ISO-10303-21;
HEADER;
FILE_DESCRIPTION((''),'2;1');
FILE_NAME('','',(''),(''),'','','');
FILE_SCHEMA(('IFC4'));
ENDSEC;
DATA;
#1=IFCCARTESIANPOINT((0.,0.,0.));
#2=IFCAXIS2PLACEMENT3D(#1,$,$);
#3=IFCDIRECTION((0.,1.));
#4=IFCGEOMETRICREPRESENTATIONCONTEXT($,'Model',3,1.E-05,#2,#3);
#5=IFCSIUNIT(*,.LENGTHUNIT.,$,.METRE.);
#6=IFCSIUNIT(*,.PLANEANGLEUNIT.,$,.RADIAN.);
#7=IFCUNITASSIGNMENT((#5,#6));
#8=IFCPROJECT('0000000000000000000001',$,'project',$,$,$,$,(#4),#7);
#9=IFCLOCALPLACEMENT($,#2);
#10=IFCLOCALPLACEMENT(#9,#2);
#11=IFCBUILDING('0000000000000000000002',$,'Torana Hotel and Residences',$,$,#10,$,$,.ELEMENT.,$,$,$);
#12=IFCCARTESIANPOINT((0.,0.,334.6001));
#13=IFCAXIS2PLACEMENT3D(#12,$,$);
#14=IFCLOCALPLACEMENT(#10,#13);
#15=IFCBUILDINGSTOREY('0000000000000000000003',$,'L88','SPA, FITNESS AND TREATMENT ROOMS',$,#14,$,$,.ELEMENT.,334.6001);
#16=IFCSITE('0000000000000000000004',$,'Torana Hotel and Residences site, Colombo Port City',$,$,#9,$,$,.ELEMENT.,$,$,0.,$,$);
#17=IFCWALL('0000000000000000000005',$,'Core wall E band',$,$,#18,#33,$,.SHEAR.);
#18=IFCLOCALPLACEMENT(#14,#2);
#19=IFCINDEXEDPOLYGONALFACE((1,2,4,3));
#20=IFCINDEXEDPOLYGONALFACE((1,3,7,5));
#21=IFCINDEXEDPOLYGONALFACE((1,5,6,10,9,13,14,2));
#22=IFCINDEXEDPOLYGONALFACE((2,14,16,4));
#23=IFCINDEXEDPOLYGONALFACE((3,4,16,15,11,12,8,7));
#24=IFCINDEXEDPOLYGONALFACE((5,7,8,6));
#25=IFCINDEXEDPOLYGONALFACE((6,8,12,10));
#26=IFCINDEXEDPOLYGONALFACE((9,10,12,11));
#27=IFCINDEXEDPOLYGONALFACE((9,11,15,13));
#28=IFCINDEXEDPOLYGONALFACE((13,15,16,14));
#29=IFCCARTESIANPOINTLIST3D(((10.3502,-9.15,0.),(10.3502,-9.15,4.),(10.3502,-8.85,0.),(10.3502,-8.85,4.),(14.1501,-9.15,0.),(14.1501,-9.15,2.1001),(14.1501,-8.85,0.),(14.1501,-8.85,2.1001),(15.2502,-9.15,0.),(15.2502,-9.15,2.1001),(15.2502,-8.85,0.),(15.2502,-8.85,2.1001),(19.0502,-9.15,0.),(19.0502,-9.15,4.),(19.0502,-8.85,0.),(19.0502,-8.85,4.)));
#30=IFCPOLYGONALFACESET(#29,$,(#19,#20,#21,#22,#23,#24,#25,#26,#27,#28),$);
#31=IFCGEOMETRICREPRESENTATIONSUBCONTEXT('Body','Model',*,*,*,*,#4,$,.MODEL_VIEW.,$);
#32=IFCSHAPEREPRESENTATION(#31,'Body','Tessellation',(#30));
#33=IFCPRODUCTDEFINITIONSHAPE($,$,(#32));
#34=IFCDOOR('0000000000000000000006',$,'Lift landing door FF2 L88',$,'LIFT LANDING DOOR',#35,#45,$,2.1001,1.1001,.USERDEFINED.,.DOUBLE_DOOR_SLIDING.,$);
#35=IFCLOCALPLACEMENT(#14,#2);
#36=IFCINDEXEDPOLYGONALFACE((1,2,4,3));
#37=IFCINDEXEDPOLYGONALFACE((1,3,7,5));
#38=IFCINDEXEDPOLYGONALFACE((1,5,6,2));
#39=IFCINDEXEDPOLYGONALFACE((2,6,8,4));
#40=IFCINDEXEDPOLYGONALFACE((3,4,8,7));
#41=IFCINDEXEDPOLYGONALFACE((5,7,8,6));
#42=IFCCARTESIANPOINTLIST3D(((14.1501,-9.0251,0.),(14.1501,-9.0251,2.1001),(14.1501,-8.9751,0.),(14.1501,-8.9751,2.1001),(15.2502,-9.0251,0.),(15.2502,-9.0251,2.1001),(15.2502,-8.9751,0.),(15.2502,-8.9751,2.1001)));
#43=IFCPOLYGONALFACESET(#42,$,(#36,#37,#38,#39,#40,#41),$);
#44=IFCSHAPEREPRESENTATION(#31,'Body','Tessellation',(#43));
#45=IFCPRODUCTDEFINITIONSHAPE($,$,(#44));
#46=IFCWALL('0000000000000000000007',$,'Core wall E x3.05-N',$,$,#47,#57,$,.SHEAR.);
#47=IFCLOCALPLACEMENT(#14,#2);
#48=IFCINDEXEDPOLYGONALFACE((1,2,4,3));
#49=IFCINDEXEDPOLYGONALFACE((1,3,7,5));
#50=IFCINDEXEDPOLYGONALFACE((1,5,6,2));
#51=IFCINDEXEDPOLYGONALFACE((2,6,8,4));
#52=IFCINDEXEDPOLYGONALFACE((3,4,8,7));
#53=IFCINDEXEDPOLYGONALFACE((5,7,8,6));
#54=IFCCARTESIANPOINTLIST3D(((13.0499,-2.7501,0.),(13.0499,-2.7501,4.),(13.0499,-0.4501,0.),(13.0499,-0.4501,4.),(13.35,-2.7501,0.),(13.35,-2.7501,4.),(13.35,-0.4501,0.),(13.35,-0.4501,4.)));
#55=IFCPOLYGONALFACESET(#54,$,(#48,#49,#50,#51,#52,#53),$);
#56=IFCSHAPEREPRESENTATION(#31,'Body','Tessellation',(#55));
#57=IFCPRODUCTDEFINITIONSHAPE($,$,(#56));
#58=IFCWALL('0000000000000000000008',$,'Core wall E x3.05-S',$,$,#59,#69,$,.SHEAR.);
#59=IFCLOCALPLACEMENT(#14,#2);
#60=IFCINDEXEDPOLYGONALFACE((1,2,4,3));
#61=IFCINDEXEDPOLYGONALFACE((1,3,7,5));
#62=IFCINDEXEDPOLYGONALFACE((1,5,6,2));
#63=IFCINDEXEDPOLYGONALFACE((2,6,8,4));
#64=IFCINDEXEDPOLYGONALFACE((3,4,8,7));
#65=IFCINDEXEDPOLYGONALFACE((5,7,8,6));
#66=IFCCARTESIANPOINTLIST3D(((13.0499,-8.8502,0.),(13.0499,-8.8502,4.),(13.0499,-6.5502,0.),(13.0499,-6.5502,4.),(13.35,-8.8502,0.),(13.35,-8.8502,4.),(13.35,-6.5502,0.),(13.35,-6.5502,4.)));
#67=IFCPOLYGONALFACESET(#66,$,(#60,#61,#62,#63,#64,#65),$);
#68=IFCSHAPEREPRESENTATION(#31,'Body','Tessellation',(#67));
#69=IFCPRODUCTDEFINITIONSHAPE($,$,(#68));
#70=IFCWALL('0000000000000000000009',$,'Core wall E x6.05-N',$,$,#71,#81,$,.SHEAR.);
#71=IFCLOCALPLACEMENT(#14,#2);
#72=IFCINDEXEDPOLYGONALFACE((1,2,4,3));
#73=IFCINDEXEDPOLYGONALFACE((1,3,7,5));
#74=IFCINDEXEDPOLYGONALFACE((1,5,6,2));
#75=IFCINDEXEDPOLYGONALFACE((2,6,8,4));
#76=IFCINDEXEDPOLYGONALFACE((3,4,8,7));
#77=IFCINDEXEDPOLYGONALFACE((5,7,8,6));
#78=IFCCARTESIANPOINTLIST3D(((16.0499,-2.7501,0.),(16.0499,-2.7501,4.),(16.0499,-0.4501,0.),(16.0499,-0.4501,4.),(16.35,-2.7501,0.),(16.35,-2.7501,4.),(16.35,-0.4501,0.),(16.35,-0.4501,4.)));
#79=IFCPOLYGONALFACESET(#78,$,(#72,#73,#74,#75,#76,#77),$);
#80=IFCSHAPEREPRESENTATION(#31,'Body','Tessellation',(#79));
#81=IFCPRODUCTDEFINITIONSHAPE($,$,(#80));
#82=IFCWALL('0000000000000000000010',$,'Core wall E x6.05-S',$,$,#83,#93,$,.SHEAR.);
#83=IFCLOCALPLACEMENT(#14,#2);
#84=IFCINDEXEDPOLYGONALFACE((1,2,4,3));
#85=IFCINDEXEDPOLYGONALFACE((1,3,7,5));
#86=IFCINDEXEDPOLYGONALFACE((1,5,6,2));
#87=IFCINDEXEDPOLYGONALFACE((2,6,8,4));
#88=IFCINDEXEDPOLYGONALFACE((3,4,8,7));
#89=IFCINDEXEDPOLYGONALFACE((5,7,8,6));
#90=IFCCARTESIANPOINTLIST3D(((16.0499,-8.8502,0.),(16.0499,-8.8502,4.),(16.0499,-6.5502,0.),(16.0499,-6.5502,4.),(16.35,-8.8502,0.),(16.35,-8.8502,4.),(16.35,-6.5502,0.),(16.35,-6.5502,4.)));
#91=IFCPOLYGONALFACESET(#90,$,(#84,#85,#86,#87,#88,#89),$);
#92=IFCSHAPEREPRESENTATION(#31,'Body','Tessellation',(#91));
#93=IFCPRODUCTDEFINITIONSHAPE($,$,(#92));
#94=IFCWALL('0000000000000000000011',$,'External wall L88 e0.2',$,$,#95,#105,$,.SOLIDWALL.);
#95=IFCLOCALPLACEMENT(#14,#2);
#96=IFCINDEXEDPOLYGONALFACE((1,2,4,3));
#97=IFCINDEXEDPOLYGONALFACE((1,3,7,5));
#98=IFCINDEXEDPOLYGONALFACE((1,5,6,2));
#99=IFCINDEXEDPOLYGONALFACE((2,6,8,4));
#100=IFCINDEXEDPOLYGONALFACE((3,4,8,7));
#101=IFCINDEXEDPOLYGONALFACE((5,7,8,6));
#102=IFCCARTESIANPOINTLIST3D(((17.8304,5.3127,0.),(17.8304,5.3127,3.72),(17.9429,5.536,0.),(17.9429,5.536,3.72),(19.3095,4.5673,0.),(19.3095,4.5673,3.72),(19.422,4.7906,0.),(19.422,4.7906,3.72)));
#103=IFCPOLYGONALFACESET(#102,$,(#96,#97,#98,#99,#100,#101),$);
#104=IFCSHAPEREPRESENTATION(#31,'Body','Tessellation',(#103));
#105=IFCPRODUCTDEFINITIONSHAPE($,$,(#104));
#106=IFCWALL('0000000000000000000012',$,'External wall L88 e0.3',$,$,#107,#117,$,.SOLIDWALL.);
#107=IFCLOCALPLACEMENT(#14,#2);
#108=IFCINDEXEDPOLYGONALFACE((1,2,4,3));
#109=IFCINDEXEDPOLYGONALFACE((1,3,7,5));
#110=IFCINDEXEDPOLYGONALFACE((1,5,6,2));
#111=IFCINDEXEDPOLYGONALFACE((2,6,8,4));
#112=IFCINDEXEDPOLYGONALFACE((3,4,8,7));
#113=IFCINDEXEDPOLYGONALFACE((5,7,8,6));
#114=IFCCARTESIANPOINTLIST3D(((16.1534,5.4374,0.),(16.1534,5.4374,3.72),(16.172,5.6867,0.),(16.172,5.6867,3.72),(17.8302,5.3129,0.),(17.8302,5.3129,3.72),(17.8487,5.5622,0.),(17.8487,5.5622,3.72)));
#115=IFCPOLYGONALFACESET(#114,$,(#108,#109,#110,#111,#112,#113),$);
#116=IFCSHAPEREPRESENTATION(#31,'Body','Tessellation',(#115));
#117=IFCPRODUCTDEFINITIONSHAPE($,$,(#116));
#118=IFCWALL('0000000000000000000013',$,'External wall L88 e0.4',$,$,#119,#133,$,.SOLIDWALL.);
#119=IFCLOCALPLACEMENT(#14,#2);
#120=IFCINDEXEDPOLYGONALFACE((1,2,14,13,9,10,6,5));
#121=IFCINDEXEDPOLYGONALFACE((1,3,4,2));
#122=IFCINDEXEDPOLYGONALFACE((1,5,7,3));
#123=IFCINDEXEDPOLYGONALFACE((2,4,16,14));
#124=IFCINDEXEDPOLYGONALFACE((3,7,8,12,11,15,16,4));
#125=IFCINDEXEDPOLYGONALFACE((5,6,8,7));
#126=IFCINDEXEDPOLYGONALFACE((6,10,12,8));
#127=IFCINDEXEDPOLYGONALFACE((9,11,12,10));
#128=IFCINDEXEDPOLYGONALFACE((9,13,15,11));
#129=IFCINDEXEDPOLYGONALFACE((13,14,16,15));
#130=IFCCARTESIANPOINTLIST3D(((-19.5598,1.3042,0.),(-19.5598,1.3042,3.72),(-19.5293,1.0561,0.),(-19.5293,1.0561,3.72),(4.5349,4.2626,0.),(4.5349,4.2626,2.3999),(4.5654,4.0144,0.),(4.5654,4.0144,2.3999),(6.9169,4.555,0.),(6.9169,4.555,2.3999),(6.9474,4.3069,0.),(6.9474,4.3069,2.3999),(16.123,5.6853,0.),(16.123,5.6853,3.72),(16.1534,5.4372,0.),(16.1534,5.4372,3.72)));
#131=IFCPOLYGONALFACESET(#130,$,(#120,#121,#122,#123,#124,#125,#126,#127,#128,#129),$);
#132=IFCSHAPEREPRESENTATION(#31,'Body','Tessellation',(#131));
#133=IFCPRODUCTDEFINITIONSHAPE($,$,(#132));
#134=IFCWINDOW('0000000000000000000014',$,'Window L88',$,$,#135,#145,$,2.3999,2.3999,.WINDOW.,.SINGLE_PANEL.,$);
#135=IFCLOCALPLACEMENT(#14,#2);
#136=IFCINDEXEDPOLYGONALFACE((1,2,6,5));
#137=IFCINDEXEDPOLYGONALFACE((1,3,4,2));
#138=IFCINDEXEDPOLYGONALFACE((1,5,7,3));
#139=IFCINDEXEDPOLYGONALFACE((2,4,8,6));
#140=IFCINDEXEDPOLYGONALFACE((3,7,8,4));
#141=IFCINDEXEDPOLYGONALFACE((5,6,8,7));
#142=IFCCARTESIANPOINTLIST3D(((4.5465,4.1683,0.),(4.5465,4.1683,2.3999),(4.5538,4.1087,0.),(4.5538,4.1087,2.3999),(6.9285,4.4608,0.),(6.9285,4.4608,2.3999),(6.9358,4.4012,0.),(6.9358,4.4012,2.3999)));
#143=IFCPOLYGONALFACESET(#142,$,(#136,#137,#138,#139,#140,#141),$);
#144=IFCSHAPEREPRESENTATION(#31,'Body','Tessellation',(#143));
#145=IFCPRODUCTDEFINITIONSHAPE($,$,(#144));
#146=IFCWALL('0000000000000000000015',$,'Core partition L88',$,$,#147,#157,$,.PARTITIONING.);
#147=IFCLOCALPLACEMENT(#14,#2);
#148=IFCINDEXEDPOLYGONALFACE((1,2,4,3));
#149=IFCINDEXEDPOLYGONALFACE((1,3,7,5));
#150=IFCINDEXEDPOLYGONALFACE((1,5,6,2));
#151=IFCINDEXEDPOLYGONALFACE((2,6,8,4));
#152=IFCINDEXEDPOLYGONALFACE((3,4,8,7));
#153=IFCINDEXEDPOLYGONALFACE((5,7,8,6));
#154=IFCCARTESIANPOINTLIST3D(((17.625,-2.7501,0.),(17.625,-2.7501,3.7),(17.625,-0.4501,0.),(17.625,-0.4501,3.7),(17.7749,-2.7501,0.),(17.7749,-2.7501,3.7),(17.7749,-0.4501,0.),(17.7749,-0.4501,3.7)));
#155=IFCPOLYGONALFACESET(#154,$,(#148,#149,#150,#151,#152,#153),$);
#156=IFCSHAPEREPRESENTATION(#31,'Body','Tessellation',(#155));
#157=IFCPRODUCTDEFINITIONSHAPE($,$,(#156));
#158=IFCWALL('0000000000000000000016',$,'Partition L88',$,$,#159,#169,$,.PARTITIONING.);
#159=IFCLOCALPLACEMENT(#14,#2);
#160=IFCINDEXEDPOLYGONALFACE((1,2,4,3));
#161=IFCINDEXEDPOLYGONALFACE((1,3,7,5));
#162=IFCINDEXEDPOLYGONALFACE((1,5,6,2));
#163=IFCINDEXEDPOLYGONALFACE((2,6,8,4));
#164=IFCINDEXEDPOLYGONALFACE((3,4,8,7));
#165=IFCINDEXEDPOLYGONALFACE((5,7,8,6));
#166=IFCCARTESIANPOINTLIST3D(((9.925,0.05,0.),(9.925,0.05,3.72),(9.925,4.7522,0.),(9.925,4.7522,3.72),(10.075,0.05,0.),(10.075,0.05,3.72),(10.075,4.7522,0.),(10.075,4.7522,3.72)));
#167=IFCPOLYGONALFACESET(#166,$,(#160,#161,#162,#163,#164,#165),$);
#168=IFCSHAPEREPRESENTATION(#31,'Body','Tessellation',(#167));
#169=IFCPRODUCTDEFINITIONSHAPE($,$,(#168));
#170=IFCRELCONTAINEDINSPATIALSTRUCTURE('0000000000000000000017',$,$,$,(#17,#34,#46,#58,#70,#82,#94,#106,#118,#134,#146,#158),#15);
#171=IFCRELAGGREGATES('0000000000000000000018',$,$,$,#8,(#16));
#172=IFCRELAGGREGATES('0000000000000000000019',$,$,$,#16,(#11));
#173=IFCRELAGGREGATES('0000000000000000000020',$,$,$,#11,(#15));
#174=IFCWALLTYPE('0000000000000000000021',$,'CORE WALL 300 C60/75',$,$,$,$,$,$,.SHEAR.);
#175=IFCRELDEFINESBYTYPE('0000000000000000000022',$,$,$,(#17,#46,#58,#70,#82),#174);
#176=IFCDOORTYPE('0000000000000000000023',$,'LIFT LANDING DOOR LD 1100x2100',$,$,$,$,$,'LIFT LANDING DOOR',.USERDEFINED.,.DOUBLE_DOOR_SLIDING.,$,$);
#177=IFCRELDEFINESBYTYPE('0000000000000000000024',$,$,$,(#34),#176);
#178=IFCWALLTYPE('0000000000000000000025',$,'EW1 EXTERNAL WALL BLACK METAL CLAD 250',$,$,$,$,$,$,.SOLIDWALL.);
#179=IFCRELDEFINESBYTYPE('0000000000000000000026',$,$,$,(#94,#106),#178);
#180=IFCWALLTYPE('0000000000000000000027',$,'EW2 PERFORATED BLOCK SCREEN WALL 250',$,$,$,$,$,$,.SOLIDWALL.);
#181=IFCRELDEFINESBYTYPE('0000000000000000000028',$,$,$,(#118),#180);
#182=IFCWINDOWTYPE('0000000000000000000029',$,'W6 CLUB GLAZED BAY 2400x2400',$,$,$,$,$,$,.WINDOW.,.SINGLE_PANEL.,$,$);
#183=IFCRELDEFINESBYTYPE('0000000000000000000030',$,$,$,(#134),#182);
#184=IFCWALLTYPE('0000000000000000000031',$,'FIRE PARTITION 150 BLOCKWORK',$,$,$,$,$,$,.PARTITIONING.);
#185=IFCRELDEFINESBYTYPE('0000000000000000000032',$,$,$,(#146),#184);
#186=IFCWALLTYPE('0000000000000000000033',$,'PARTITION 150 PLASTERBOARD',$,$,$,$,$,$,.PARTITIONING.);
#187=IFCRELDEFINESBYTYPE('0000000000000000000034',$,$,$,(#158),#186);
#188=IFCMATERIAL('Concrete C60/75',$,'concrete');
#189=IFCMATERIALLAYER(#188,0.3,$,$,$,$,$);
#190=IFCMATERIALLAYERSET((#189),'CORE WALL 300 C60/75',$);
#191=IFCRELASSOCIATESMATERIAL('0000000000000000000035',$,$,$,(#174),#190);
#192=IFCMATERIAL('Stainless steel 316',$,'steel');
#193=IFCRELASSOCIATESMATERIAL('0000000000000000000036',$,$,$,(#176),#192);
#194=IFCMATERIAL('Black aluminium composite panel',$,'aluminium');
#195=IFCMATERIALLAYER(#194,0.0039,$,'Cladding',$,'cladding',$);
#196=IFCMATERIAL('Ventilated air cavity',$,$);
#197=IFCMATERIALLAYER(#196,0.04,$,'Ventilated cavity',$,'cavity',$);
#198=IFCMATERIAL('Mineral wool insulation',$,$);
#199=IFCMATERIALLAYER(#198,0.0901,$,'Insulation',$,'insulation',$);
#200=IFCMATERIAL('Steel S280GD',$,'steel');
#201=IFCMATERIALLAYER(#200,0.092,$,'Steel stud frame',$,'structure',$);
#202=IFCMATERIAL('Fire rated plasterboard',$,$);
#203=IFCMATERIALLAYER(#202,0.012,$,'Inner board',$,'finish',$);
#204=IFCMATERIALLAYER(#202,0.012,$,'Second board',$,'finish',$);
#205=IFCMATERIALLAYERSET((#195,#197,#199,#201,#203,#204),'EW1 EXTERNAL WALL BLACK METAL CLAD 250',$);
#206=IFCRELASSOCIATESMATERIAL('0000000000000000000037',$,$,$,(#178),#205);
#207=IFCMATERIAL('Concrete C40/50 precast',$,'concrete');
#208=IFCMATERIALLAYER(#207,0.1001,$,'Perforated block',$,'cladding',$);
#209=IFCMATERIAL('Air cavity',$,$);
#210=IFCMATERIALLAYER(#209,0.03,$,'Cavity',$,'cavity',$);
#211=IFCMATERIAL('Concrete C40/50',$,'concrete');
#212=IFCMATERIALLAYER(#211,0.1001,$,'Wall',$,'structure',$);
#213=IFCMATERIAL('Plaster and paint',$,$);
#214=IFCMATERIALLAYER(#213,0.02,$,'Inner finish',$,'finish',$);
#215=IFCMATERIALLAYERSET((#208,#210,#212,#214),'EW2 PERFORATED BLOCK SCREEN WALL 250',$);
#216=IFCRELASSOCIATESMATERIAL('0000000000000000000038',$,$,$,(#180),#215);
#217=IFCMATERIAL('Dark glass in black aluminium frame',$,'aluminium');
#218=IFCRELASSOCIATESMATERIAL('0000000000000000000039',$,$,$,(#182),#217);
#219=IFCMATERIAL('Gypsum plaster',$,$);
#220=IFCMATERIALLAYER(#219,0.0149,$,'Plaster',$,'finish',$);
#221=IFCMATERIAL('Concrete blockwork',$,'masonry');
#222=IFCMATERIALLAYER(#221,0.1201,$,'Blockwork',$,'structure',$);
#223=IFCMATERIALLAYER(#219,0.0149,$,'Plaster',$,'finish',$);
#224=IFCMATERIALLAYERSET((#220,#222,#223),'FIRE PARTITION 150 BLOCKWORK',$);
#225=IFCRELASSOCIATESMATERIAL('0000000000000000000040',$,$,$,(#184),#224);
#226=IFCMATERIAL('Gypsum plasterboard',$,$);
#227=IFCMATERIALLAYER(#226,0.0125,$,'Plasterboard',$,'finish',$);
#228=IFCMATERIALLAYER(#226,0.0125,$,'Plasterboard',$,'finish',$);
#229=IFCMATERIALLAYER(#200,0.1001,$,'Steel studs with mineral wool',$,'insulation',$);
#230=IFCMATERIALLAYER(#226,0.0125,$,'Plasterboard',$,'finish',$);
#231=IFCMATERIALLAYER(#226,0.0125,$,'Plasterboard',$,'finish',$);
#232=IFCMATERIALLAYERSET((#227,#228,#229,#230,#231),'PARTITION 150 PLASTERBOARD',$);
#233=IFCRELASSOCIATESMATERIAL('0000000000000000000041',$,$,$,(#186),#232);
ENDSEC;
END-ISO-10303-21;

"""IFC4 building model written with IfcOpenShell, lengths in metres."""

from ifc_helpers import new_model, si_unit, direction, frame, frame_2d, origin, place, context, subcontext, project, spatial, rectangle, extrude, material, layer, layer_set, type_object, element, fill, save


model = new_model("IFC4")

# Units and contexts
model_context = context("Model", 3, precision=1e-05, world=origin(), true_north=direction((0.0, 1.0)))
body_context = subcontext(model_context, "Body", "Model", "MODEL_VIEW")
ifc_project = project(units=[si_unit("LENGTHUNIT", "METRE"), si_unit("PLANEANGLEUNIT", "RADIAN")], contexts=[model_context])

# Site, building, storey
site_placement = place(None, origin())
site = spatial("IfcSite", under=ifc_project, at=site_placement, Name="Torana Hotel and Residences site, Colombo Port City", CompositionType="ELEMENT", RefElevation=0.0)
building_placement = place(site_placement, origin())
building = spatial("IfcBuilding", under=site, at=building_placement, Name="Torana Hotel and Residences", CompositionType="ELEMENT")
storey_placement = place(building_placement, frame((0.0, 0.0, 334.6001)))
storey = spatial("IfcBuildingStorey", under=building, at=storey_placement, Name="L88", Description="SPA, FITNESS AND TREATMENT ROOMS", CompositionType="ELEMENT", Elevation=334.6001)

# Shared definitions
ifc_material_1 = material(Name="Concrete C60/75", Category="concrete")
ifc_layer_1 = layer(ifc_material_1, 0.3)
ifc_layer_set_1 = layer_set([ifc_layer_1], Name="CORE WALL 300 C60/75")
wall_type_1 = type_object("IfcWallType", Name="CORE WALL 300 C60/75", PredefinedType="SHEAR", material=ifc_layer_set_1)
ifc_material_2 = material(Name="Stainless steel 316", Category="steel")
door_type_1 = type_object("IfcDoorType", Name="LIFT LANDING DOOR LD 1100x2100", ElementType="LIFT LANDING DOOR", OperationType="DOUBLE_DOOR_SLIDING", PredefinedType="USERDEFINED", material=ifc_material_2)

# Wall, opening, door
wall_1_placement = place(storey_placement, frame((10.3501, -9.0, 0.0), z_axis=(0.0, 0.0, 1.0), x_axis=(1.0, 0.0, 0.0)))
wall_1 = element("IfcWall", 1, at=wall_1_placement, inside=storey, type_object=wall_type_1, Name="Core wall E band", PredefinedType="SHEAR", context=body_context, shape_type="SweptSolid", body=[
    extrude(rectangle(XDim=8.7, YDim=0.3, at=frame_2d((4.3501, 0.0))), origin(), (0.0, 0.0, 1.0), 4.0),
])
opening_1_placement = place(wall_1_placement, frame((3.8, 0.0, 0.0)))
opening_1 = element("IfcOpeningElement", 2, at=opening_1_placement, cuts=wall_1, PredefinedType="OPENING", context=body_context, shape_type="SweptSolid", body=[
    extrude(rectangle(XDim=1.1001, YDim=2.1001, at=frame_2d((0.55, 1.05))), frame((0.0, 0.1599, 0.0), z_axis=(0.0, -1.0, 0.0), x_axis=(1.0, 0.0, 0.0)), (0.0, 0.0, 1.0), 0.3201),
])
door_1_placement = place(opening_1_placement, origin())
door_1 = element("IfcDoor", 3, at=door_1_placement, inside=storey, type_object=door_type_1, Name="Lift landing door FF2 L88", ObjectType="LIFT LANDING DOOR", OperationType="DOUBLE_DOOR_SLIDING", OverallHeight=2.1001, OverallWidth=1.1001, PredefinedType="USERDEFINED", context=body_context, shape_type="SweptSolid", body=[
    extrude(rectangle(XDim=1.1001, YDim=2.1001, at=frame_2d((0.55, 1.05))), frame((0.0, 0.0249, 0.0), z_axis=(0.0, -1.0, 0.0), x_axis=(1.0, 0.0, 0.0)), (0.0, 0.0, 1.0), 0.05),
])
fill(opening_1, door_1)

# Walls
for number, where, z_axis, x_axis, name in (
    (4, (13.2, -2.75, 0.0), (0.0, 0.0, 1.0), (0.0, 1.0, 0.0), "Core wall E x3.05-N"),
    (5, (13.2, -8.8501, 0.0), (0.0, 0.0, 1.0), (0.0, 1.0, 0.0), "Core wall E x3.05-S"),
    (6, (16.2, -2.75, 0.0), (0.0, 0.0, 1.0), (0.0, 1.0, 0.0), "Core wall E x6.05-N"),
    (7, (16.2, -8.8501, 0.0), (0.0, 0.0, 1.0), (0.0, 1.0, 0.0), "Core wall E x6.05-S"),
):
    element("IfcWall", number, at=place(storey_placement, frame(where, z_axis=z_axis, x_axis=x_axis)), inside=storey, type_object=wall_type_1, Name=name, PredefinedType="SHEAR", context=body_context, shape_type="SweptSolid", body=[
        extrude(rectangle(XDim=2.3, YDim=0.3, at=frame_2d((1.1499, 0.0))), origin(), (0.0, 0.0, 1.0), 4.0),
    ])
ifc_material_3 = material(Name="Black aluminium composite panel", Category="aluminium")
ifc_layer_2 = layer(ifc_material_3, 0.0039, Name="Cladding", Category="cladding")
ifc_material_4 = material(Name="Ventilated air cavity")
ifc_layer_3 = layer(ifc_material_4, 0.04, Name="Ventilated cavity", Category="cavity")
ifc_material_5 = material(Name="Mineral wool insulation")
ifc_layer_4 = layer(ifc_material_5, 0.0901, Name="Insulation", Category="insulation")
ifc_material_6 = material(Name="Steel S280GD", Category="steel")
ifc_layer_5 = layer(ifc_material_6, 0.092, Name="Steel stud frame", Category="structure")
ifc_material_7 = material(Name="Fire rated plasterboard")
ifc_layer_6 = layer(ifc_material_7, 0.012, Name="Inner board", Category="finish")
ifc_layer_7 = layer(ifc_material_7, 0.012, Name="Second board", Category="finish")
ifc_layer_set_2 = layer_set([ifc_layer_2, ifc_layer_3, ifc_layer_4, ifc_layer_5, ifc_layer_6, ifc_layer_7], Name="EW1 EXTERNAL WALL BLACK METAL CLAD 250")
wall_type_2 = type_object("IfcWallType", Name="EW1 EXTERNAL WALL BLACK METAL CLAD 250", PredefinedType="SOLIDWALL", material=ifc_layer_set_2)
wall_2_placement = place(storey_placement, frame((19.3657, 4.679, 0.0), z_axis=(0.0, 0.0, 1.0), x_axis=(-0.893008, 0.450042, 0.0)))
element("IfcWall", 8, at=wall_2_placement, inside=storey, type_object=wall_type_2, Name="External wall L88 e0.2", PredefinedType="SOLIDWALL", context=body_context, shape_type="SweptSolid", body=[
    extrude(rectangle(XDim=1.6562, YDim=0.25, at=frame_2d((0.8281, 0.0))), origin(), (0.0, 0.0, 1.0), 3.72),
])
wall_3_placement = place(storey_placement, frame((17.8396, 5.4375, 0.0), z_axis=(0.0, 0.0, 1.0), x_axis=(-0.997254, 0.074054, 0.0)))
element("IfcWall", 9, at=wall_3_placement, inside=storey, type_object=wall_type_2, Name="External wall L88 e0.3", PredefinedType="SOLIDWALL", context=body_context, shape_type="SweptSolid", body=[
    extrude(rectangle(XDim=1.6814, YDim=0.25, at=frame_2d((0.8408, 0.0))), origin(), (0.0, 0.0, 1.0), 3.72),
])

# Wall, opening, window
ifc_material_8 = material(Name="Concrete C40/50 precast", Category="concrete")
ifc_layer_8 = layer(ifc_material_8, 0.1001, Name="Perforated block", Category="cladding")
ifc_material_9 = material(Name="Air cavity")
ifc_layer_9 = layer(ifc_material_9, 0.03, Name="Cavity", Category="cavity")
ifc_material_10 = material(Name="Concrete C40/50", Category="concrete")
ifc_layer_10 = layer(ifc_material_10, 0.1001, Name="Wall", Category="structure")
ifc_material_11 = material(Name="Plaster and paint")
ifc_layer_11 = layer(ifc_material_11, 0.02, Name="Inner finish", Category="finish")
ifc_layer_set_3 = layer_set([ifc_layer_8, ifc_layer_9, ifc_layer_10, ifc_layer_11], Name="EW2 PERFORATED BLOCK SCREEN WALL 250")
wall_type_3 = type_object("IfcWallType", Name="EW2 PERFORATED BLOCK SCREEN WALL 250", PredefinedType="SOLIDWALL", material=ifc_layer_set_3)
wall_4_placement = place(storey_placement, frame((16.1382, 5.5613, 0.0), z_axis=(0.0, 0.0, 1.0), x_axis=(-0.992547, -0.121865, 0.0)))
wall_4 = element("IfcWall", 10, at=wall_4_placement, inside=storey, type_object=wall_type_3, Name="External wall L88 e0.4", PredefinedType="SOLIDWALL", context=body_context, shape_type="SweptSolid", body=[
    extrude(rectangle(XDim=35.9507, YDim=0.25, at=frame_2d((17.9753, 0.0))), origin(), (0.0, 0.0, 1.0), 3.72),
])
opening_2_placement = place(wall_4_placement, frame((9.2751, 0.0, 0.0)))
opening_2 = element("IfcOpeningElement", 11, at=opening_2_placement, cuts=wall_4, PredefinedType="OPENING", context=body_context, shape_type="SweptSolid", body=[
    extrude(rectangle(XDim=2.3999, YDim=2.3999, at=frame_2d((1.2, 1.2))), frame((0.0, 0.135, 0.0), z_axis=(0.0, -1.0, 0.0), x_axis=(1.0, 0.0, 0.0)), (0.0, 0.0, 1.0), 0.27),
])
ifc_material_12 = material(Name="Dark glass in black aluminium frame", Category="aluminium")
window_type = type_object("IfcWindowType", Name="W6 CLUB GLAZED BAY 2400x2400", PartitioningType="SINGLE_PANEL", PredefinedType="WINDOW", material=ifc_material_12)
window_placement = place(opening_2_placement, origin())
window = element("IfcWindow", 12, at=window_placement, inside=storey, type_object=window_type, Name="Window L88", OverallHeight=2.3999, OverallWidth=2.3999, PartitioningType="SINGLE_PANEL", PredefinedType="WINDOW", context=body_context, shape_type="SweptSolid", body=[
    extrude(rectangle(XDim=2.3999, YDim=2.3999, at=frame_2d((1.2, 1.2))), frame((0.0, 0.03, 0.0), z_axis=(0.0, -1.0, 0.0), x_axis=(1.0, 0.0, 0.0)), (0.0, 0.0, 1.0), 0.0601),
])
fill(opening_2, window)

# Walls
ifc_material_13 = material(Name="Gypsum plaster")
ifc_layer_12 = layer(ifc_material_13, 0.0149, Name="Plaster", Category="finish")
ifc_material_14 = material(Name="Concrete blockwork", Category="masonry")
ifc_layer_13 = layer(ifc_material_14, 0.1201, Name="Blockwork", Category="structure")
ifc_layer_14 = layer(ifc_material_13, 0.0149, Name="Plaster", Category="finish")
ifc_layer_set_4 = layer_set([ifc_layer_12, ifc_layer_13, ifc_layer_14], Name="FIRE PARTITION 150 BLOCKWORK")
wall_type_4 = type_object("IfcWallType", Name="FIRE PARTITION 150 BLOCKWORK", PredefinedType="PARTITIONING", material=ifc_layer_set_4)
wall_5_placement = place(storey_placement, frame((17.7, -2.75, 0.0), z_axis=(0.0, 0.0, 1.0), x_axis=(0.0, 1.0, 0.0)))
element("IfcWall", 13, at=wall_5_placement, inside=storey, type_object=wall_type_4, Name="Core partition L88", PredefinedType="PARTITIONING", context=body_context, shape_type="SweptSolid", body=[
    extrude(rectangle(XDim=2.3, YDim=0.1499, at=frame_2d((1.1499, 0.0))), origin(), (0.0, 0.0, 1.0), 3.7),
])
ifc_material_15 = material(Name="Gypsum plasterboard")
ifc_layer_15 = layer(ifc_material_15, 0.0125, Name="Plasterboard", Category="finish")
ifc_layer_16 = layer(ifc_material_15, 0.0125, Name="Plasterboard", Category="finish")
ifc_layer_17 = layer(ifc_material_6, 0.1001, Name="Steel studs with mineral wool", Category="insulation")
ifc_layer_18 = layer(ifc_material_15, 0.0125, Name="Plasterboard", Category="finish")
ifc_layer_19 = layer(ifc_material_15, 0.0125, Name="Plasterboard", Category="finish")
ifc_layer_set_5 = layer_set([ifc_layer_15, ifc_layer_16, ifc_layer_17, ifc_layer_18, ifc_layer_19], Name="PARTITION 150 PLASTERBOARD")
wall_type_5 = type_object("IfcWallType", Name="PARTITION 150 PLASTERBOARD", PredefinedType="PARTITIONING", material=ifc_layer_set_5)
wall_6_placement = place(storey_placement, frame((10.0, 0.05, 0.0), z_axis=(0.0, 0.0, 1.0), x_axis=(0.0, 1.0, 0.0)))
element("IfcWall", 14, at=wall_6_placement, inside=storey, type_object=wall_type_5, Name="Partition L88", PredefinedType="PARTITIONING", context=body_context, shape_type="SweptSolid", body=[
    extrude(rectangle(XDim=4.7021, YDim=0.1499, at=frame_2d((2.3511, 0.0))), origin(), (0.0, 0.0, 1.0), 3.72),
])

save(model, "model.ifc")
